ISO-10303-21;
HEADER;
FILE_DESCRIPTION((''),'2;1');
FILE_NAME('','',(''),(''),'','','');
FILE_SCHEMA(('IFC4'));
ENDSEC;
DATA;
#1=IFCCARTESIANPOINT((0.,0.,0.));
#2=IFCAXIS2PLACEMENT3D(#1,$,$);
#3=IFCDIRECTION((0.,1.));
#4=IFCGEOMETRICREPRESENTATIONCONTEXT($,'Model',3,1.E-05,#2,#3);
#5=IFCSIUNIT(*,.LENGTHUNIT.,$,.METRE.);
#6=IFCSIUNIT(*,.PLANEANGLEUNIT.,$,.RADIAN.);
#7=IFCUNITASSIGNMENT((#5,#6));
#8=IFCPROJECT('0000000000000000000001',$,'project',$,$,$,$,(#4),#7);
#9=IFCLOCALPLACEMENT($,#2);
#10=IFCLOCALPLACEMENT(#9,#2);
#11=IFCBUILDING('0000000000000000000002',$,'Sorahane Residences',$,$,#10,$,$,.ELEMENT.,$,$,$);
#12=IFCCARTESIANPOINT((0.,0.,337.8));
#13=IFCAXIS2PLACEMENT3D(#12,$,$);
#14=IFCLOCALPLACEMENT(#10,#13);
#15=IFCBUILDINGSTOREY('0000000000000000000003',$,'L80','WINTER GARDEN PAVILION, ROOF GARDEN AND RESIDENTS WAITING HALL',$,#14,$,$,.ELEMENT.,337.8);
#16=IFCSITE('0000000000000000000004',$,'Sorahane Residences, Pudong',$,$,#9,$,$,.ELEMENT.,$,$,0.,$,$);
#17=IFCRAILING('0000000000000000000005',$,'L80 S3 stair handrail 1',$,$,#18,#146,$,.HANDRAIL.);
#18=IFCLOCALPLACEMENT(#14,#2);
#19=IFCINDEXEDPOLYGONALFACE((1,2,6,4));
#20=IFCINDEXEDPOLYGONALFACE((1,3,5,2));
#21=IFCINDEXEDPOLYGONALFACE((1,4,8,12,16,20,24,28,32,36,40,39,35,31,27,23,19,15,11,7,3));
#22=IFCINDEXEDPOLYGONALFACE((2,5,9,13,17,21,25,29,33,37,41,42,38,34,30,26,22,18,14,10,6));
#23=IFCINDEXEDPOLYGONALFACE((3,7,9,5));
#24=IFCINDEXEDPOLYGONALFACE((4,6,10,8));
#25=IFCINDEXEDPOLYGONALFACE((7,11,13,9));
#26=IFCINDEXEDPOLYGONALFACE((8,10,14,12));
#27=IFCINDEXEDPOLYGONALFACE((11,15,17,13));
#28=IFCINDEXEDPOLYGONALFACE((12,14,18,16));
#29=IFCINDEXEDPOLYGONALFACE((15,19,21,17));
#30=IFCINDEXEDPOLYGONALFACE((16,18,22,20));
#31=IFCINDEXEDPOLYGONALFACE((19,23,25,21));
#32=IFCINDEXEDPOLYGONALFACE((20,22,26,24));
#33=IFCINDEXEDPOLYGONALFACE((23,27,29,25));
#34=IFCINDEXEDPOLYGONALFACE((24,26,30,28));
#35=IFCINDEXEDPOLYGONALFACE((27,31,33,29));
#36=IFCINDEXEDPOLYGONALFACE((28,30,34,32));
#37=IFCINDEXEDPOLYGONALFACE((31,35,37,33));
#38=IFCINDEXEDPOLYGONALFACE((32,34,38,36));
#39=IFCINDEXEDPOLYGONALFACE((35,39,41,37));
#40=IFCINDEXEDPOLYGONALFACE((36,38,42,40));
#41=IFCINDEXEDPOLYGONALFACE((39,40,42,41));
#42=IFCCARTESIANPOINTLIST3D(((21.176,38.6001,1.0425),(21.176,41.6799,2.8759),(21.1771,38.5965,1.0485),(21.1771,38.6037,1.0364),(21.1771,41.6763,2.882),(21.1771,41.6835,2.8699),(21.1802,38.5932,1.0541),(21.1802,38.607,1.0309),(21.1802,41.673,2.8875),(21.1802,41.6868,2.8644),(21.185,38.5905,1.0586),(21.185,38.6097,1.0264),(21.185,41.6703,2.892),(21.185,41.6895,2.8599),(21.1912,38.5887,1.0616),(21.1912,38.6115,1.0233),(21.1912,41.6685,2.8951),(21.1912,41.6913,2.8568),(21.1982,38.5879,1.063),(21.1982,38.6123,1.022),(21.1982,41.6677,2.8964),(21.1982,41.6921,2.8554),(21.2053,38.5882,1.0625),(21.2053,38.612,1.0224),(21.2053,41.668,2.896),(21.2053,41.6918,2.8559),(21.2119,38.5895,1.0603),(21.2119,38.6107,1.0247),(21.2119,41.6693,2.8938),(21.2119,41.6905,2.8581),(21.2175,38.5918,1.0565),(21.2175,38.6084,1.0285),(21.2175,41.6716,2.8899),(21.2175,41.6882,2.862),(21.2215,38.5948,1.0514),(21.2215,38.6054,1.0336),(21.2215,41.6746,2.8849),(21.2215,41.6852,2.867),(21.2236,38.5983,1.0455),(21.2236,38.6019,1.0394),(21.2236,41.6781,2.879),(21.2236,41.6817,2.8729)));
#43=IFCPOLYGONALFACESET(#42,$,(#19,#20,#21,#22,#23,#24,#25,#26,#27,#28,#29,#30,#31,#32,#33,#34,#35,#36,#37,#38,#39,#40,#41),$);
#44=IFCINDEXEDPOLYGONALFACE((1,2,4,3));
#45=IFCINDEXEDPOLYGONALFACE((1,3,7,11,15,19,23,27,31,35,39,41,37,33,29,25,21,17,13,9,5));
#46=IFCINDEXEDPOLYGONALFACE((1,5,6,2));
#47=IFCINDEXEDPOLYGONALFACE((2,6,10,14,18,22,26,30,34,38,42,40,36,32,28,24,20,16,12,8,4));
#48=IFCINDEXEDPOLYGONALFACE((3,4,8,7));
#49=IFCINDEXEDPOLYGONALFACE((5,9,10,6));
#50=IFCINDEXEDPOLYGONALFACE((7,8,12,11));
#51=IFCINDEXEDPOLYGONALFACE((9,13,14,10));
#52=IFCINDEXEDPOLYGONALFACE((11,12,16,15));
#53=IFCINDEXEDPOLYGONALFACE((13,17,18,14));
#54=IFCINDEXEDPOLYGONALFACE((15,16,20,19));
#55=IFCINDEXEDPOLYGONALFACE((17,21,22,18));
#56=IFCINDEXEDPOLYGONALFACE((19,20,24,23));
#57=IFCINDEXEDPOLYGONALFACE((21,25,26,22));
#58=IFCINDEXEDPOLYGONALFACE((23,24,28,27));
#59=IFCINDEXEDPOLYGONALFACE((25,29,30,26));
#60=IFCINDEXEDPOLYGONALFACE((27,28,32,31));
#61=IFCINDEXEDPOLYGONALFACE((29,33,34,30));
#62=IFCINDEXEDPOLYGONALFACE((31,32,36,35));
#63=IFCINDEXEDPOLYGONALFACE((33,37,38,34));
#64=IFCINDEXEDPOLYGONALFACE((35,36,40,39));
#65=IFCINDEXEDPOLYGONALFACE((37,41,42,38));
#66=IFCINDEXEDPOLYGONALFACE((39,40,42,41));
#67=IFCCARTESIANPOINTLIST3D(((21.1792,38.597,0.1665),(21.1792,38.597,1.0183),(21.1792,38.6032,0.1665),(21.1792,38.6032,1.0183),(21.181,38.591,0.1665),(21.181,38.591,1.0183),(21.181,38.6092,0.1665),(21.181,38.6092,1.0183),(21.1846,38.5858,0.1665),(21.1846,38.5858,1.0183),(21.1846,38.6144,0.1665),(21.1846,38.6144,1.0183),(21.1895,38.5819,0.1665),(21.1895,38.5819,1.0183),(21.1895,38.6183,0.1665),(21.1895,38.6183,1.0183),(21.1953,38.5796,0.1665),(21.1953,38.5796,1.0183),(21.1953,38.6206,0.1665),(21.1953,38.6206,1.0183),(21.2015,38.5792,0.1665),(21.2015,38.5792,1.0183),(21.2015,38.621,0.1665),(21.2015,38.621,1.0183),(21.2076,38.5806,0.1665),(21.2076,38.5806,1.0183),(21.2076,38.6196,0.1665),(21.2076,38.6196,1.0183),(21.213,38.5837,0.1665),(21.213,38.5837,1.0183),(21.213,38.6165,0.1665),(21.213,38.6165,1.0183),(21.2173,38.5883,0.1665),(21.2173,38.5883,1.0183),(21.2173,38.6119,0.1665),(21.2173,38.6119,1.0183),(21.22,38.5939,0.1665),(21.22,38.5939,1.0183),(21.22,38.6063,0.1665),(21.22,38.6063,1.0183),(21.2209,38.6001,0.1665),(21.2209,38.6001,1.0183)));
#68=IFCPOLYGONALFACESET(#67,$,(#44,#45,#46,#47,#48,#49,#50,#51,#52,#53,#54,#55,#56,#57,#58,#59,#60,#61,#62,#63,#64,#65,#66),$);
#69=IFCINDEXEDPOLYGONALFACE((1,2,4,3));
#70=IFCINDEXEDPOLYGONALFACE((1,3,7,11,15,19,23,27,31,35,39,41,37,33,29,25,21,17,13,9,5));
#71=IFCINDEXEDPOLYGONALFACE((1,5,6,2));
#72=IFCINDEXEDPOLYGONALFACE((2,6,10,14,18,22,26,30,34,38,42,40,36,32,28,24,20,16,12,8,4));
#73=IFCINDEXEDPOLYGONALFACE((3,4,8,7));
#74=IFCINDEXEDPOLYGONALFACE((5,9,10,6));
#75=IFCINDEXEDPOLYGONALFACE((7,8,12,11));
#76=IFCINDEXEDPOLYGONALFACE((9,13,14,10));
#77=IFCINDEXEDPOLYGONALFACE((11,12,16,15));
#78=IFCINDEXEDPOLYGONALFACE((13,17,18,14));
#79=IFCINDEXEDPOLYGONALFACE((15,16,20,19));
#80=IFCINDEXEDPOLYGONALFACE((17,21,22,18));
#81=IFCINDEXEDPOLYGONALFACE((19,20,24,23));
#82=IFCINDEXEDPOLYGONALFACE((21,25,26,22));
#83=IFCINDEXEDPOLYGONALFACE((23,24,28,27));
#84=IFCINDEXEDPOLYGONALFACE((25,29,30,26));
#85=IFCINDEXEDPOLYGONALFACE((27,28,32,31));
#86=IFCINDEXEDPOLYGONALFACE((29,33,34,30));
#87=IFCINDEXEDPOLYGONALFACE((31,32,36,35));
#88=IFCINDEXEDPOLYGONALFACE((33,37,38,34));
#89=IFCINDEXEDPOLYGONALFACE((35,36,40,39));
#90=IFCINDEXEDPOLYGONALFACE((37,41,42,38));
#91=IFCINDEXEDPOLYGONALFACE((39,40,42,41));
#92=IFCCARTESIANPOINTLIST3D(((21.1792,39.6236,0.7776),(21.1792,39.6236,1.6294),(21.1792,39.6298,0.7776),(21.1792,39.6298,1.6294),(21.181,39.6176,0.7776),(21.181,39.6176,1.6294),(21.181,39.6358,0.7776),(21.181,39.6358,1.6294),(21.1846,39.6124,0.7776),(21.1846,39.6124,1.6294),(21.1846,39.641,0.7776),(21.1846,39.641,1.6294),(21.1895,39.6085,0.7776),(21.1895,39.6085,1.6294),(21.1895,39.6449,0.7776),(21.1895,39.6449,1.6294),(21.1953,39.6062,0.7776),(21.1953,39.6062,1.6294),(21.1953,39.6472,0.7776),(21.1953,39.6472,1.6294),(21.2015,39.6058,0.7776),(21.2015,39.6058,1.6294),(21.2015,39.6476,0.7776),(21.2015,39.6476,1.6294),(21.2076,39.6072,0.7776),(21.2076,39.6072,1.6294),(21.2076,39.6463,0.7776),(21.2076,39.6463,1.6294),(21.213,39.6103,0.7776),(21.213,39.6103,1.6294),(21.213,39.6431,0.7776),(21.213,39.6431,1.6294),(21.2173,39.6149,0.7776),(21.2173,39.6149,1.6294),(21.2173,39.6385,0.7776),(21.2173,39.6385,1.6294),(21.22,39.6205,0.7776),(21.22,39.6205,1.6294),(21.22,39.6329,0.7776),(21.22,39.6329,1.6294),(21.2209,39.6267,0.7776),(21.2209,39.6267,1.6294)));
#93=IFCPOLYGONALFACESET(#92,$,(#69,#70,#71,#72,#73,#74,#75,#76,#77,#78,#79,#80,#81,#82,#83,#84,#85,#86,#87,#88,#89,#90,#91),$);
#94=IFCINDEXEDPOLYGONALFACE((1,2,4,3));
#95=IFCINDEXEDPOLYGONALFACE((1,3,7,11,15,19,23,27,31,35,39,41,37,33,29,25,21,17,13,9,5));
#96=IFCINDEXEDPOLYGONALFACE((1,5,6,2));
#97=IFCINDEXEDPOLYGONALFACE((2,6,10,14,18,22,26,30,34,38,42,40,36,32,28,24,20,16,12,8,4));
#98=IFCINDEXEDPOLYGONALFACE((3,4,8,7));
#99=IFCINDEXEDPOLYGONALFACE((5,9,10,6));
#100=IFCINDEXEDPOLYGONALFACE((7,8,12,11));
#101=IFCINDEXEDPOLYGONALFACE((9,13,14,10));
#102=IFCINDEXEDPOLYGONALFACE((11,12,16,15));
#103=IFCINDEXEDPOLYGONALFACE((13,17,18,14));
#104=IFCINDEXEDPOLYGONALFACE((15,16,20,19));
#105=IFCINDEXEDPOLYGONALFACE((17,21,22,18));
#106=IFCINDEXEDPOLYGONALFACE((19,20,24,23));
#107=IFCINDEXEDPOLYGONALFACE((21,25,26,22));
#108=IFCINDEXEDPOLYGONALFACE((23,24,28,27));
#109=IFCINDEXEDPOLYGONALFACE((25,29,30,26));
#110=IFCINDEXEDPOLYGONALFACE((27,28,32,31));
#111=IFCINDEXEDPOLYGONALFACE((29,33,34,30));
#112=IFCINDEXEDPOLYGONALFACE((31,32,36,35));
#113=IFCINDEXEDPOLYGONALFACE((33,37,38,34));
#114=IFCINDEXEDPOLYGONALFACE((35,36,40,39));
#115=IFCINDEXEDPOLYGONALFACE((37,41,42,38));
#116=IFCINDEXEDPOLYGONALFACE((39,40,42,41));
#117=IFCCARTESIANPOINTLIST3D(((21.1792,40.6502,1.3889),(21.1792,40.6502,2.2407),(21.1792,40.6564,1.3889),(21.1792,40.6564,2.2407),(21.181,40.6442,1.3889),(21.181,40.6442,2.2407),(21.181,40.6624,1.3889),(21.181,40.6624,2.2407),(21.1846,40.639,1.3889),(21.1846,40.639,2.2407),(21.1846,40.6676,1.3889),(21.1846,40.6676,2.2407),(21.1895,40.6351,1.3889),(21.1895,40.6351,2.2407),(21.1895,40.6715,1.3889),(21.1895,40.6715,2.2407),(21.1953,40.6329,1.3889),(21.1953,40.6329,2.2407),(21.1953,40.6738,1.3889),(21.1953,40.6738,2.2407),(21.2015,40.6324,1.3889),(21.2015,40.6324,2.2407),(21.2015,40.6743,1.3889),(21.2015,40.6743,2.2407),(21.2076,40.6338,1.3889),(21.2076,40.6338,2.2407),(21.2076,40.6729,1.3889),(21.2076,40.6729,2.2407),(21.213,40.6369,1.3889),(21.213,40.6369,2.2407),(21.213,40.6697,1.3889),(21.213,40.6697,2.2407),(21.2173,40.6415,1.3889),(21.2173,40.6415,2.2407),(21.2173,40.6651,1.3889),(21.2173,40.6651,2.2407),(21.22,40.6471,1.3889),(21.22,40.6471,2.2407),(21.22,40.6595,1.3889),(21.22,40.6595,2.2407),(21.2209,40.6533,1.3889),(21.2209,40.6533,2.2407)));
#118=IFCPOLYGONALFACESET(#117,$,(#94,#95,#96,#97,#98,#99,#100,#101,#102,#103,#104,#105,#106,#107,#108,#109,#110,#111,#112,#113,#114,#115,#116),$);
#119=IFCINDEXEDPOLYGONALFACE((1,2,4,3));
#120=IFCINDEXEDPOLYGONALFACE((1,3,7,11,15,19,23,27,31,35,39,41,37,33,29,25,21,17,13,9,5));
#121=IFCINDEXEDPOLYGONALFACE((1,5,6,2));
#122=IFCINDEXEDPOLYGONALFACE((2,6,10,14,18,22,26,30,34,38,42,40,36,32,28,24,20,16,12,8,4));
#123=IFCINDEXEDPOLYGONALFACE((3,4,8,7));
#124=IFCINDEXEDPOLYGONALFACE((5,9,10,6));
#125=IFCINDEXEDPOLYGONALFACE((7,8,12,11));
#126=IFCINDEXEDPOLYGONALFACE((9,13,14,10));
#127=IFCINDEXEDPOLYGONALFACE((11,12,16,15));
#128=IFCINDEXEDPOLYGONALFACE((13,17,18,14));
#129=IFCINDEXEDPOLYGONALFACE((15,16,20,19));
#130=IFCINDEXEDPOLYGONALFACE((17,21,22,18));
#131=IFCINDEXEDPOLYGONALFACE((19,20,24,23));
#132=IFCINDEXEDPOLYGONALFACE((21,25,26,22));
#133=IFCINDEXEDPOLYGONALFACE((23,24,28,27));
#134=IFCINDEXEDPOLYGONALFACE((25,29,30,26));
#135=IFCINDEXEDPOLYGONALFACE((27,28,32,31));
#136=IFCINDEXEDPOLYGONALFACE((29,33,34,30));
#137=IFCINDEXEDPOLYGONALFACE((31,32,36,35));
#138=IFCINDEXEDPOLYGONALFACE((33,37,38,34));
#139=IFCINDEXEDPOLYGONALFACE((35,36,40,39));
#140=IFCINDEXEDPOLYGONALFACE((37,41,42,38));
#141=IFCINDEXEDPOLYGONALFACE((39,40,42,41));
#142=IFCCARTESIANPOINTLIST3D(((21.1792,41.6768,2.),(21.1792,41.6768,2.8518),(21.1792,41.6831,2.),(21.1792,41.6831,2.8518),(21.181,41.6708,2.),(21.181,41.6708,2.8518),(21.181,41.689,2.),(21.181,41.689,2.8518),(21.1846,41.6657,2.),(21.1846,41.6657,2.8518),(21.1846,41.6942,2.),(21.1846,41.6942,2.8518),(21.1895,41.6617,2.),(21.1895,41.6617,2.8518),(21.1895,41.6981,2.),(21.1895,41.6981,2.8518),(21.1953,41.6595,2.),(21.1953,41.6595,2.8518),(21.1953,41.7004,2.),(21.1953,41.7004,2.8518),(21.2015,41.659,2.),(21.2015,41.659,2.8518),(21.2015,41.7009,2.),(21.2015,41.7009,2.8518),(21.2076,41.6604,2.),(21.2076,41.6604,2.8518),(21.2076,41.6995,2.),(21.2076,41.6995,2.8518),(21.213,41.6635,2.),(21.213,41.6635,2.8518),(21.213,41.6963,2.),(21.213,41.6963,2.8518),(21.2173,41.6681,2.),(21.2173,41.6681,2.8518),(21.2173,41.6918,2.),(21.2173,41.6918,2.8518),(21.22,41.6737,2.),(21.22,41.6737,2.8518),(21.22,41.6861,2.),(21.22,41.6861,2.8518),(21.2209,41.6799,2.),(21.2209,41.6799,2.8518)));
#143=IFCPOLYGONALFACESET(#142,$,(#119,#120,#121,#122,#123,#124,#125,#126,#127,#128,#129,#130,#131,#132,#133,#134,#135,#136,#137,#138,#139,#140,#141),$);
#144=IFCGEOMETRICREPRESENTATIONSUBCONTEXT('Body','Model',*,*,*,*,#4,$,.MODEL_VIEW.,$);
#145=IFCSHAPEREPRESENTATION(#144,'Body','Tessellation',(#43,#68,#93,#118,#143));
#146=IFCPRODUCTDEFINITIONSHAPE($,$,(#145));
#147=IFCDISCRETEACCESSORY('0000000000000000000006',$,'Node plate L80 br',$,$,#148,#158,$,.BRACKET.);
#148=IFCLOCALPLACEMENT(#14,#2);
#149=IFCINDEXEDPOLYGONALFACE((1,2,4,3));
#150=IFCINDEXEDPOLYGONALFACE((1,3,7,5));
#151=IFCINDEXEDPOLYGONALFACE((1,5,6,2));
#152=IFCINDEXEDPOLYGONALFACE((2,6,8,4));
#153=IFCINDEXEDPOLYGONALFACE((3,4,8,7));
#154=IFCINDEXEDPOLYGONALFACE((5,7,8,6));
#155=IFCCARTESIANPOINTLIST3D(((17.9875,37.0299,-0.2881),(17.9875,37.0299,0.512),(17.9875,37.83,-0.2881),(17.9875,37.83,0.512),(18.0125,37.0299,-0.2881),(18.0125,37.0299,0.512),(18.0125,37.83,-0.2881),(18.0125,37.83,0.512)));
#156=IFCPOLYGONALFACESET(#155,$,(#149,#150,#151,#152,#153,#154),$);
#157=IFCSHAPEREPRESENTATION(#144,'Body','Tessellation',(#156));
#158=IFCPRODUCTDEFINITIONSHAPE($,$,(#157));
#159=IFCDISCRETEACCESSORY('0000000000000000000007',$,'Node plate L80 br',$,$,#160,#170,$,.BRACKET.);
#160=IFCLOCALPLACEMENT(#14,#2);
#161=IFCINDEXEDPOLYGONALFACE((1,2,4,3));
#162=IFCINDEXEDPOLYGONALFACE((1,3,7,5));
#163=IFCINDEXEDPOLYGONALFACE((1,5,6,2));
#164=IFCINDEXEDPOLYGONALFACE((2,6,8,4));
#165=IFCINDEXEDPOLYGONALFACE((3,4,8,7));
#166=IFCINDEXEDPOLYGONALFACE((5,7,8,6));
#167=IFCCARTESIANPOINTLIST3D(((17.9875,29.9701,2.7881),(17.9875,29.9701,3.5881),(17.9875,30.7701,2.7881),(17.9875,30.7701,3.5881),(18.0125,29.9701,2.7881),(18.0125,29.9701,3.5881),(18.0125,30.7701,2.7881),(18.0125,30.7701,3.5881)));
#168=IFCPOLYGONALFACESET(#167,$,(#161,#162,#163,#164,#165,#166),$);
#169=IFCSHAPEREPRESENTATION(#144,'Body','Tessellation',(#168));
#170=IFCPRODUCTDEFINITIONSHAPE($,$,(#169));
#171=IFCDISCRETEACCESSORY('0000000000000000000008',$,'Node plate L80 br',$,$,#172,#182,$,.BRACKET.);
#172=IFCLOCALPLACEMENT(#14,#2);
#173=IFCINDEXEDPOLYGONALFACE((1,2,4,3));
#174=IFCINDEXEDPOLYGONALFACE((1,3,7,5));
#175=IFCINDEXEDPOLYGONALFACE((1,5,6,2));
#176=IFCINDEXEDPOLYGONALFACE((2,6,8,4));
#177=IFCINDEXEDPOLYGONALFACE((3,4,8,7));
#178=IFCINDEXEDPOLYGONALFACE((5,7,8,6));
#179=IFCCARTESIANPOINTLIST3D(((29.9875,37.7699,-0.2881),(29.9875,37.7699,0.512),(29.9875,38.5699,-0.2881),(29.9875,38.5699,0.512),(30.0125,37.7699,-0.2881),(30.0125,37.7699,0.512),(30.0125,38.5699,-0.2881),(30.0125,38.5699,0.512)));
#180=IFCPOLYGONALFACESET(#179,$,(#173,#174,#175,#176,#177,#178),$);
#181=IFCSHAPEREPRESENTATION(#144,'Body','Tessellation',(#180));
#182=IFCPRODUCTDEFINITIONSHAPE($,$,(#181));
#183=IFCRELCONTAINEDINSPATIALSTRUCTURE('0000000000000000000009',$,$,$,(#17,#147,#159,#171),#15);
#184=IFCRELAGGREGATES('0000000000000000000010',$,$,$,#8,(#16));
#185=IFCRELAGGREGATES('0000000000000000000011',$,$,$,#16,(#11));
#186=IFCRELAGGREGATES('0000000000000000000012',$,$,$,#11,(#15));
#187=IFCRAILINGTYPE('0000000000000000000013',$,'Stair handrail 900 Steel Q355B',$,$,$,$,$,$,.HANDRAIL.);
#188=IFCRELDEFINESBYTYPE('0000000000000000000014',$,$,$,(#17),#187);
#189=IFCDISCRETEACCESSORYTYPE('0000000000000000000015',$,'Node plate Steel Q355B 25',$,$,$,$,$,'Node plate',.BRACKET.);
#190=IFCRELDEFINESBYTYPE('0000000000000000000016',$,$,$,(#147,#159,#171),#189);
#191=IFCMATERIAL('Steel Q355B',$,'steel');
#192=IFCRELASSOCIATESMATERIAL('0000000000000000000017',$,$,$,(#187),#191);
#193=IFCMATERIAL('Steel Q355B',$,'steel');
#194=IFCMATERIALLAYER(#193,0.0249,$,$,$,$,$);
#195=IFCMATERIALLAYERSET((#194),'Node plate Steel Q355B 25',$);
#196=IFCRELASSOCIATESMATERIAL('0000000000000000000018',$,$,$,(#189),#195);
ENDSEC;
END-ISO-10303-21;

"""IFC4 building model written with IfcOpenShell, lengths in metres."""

from ifc_helpers import new_model, si_unit, direction, frame, origin, origin_2d, place, context, subcontext, project, spatial, rectangle, circle, extrude, material, layer, layer_set, type_object, element, save


model = new_model("IFC4")

# Units and contexts
model_context = context("Model", 3, precision=1e-05, world=origin(), true_north=direction((0.0, 1.0)))
body_context = subcontext(model_context, "Body", "Model", "MODEL_VIEW")
ifc_project = project(units=[si_unit("LENGTHUNIT", "METRE"), si_unit("PLANEANGLEUNIT", "RADIAN")], contexts=[model_context])

# Site, building, storey
site_placement = place(None, origin())
site = spatial("IfcSite", under=ifc_project, at=site_placement, Name="Sorahane Residences, Pudong", CompositionType="ELEMENT", RefElevation=0.0)
building_placement = place(site_placement, origin())
building = spatial("IfcBuilding", under=site, at=building_placement, Name="Sorahane Residences", CompositionType="ELEMENT")
storey_placement = place(building_placement, frame((0.0, 0.0, 337.8)))
storey = spatial("IfcBuildingStorey", under=building, at=storey_placement, Name="L80", Description="WINTER GARDEN PAVILION, ROOF GARDEN AND RESIDENTS WAITING HALL", CompositionType="ELEMENT", Elevation=337.8)

# Railing
ifc_material_1 = material(Name="Steel Q355B", Category="steel")
railing_type_1 = type_object("IfcRailingType", Name="Stair handrail 900 Steel Q355B", PredefinedType="HANDRAIL", material=ifc_material_1)
railing_1_placement = place(storey_placement, frame((21.2, 38.6001, 0.1665)))
element("IfcRailing", 1, at=railing_1_placement, inside=storey, type_object=railing_type_1, Name="L80 S3 stair handrail 1", PredefinedType="HANDRAIL", context=body_context, shape_type="SweptSolid", body=[
    extrude(circle(Radius=0.0239, at=origin_2d()), frame((0.0, 0.0, 0.876), z_axis=(0.0, 0.859261, 0.511538), x_axis=(-1.0, 0.0, 0.0)), (0.0, 0.0, 1.0), 3.5842),
    extrude(circle(Radius=0.021, at=origin_2d()), origin(), (0.0, 0.0, 1.0), 0.8518),
    extrude(circle(Radius=0.021, at=origin_2d()), frame((0.0, 1.0266, 0.6111)), (0.0, 0.0, 1.0), 0.8518),
    extrude(circle(Radius=0.021, at=origin_2d()), frame((0.0, 2.0532, 1.2224)), (0.0, 0.0, 1.0), 0.8518),
    extrude(circle(Radius=0.021, at=origin_2d()), frame((0.0, 3.0798, 1.8335)), (0.0, 0.0, 1.0), 0.8518),
])

# Discrete accessories
ifc_material_2 = material(Name="Steel Q355B", Category="steel")
ifc_layer_1 = layer(ifc_material_2, 0.0249)
ifc_layer_set_1 = layer_set([ifc_layer_1], Name="Node plate Steel Q355B 25")
discrete_accessory_type = type_object("IfcDiscreteAccessoryType", Name="Node plate Steel Q355B 25", ElementType="Node plate", PredefinedType="BRACKET", material=ifc_layer_set_1)
for number, where, z_axis, x_axis, name in (
    (2, (18.0, 37.4299, -0.2881), (0.0, 0.0, 1.0), (0.0, 1.0, 0.0), "Node plate L80 br"),
    (3, (18.0, 30.3701, 2.7881), (0.0, 0.0, 1.0), (0.0, 1.0, 0.0), "Node plate L80 br"),
    (4, (30.0, 38.1699, -0.2881), (0.0, 0.0, 1.0), (0.0, 1.0, 0.0), "Node plate L80 br"),
):
    element("IfcDiscreteAccessory", number, at=place(storey_placement, frame(where, z_axis=z_axis, x_axis=x_axis)), inside=storey, type_object=discrete_accessory_type, Name=name, PredefinedType="BRACKET", context=body_context, shape_type="SweptSolid", body=[
        extrude(rectangle(XDim=0.8, YDim=0.0249, at=origin_2d()), origin(), (0.0, 0.0, 1.0), 0.8),
    ])

save(model, "model.ifc")
